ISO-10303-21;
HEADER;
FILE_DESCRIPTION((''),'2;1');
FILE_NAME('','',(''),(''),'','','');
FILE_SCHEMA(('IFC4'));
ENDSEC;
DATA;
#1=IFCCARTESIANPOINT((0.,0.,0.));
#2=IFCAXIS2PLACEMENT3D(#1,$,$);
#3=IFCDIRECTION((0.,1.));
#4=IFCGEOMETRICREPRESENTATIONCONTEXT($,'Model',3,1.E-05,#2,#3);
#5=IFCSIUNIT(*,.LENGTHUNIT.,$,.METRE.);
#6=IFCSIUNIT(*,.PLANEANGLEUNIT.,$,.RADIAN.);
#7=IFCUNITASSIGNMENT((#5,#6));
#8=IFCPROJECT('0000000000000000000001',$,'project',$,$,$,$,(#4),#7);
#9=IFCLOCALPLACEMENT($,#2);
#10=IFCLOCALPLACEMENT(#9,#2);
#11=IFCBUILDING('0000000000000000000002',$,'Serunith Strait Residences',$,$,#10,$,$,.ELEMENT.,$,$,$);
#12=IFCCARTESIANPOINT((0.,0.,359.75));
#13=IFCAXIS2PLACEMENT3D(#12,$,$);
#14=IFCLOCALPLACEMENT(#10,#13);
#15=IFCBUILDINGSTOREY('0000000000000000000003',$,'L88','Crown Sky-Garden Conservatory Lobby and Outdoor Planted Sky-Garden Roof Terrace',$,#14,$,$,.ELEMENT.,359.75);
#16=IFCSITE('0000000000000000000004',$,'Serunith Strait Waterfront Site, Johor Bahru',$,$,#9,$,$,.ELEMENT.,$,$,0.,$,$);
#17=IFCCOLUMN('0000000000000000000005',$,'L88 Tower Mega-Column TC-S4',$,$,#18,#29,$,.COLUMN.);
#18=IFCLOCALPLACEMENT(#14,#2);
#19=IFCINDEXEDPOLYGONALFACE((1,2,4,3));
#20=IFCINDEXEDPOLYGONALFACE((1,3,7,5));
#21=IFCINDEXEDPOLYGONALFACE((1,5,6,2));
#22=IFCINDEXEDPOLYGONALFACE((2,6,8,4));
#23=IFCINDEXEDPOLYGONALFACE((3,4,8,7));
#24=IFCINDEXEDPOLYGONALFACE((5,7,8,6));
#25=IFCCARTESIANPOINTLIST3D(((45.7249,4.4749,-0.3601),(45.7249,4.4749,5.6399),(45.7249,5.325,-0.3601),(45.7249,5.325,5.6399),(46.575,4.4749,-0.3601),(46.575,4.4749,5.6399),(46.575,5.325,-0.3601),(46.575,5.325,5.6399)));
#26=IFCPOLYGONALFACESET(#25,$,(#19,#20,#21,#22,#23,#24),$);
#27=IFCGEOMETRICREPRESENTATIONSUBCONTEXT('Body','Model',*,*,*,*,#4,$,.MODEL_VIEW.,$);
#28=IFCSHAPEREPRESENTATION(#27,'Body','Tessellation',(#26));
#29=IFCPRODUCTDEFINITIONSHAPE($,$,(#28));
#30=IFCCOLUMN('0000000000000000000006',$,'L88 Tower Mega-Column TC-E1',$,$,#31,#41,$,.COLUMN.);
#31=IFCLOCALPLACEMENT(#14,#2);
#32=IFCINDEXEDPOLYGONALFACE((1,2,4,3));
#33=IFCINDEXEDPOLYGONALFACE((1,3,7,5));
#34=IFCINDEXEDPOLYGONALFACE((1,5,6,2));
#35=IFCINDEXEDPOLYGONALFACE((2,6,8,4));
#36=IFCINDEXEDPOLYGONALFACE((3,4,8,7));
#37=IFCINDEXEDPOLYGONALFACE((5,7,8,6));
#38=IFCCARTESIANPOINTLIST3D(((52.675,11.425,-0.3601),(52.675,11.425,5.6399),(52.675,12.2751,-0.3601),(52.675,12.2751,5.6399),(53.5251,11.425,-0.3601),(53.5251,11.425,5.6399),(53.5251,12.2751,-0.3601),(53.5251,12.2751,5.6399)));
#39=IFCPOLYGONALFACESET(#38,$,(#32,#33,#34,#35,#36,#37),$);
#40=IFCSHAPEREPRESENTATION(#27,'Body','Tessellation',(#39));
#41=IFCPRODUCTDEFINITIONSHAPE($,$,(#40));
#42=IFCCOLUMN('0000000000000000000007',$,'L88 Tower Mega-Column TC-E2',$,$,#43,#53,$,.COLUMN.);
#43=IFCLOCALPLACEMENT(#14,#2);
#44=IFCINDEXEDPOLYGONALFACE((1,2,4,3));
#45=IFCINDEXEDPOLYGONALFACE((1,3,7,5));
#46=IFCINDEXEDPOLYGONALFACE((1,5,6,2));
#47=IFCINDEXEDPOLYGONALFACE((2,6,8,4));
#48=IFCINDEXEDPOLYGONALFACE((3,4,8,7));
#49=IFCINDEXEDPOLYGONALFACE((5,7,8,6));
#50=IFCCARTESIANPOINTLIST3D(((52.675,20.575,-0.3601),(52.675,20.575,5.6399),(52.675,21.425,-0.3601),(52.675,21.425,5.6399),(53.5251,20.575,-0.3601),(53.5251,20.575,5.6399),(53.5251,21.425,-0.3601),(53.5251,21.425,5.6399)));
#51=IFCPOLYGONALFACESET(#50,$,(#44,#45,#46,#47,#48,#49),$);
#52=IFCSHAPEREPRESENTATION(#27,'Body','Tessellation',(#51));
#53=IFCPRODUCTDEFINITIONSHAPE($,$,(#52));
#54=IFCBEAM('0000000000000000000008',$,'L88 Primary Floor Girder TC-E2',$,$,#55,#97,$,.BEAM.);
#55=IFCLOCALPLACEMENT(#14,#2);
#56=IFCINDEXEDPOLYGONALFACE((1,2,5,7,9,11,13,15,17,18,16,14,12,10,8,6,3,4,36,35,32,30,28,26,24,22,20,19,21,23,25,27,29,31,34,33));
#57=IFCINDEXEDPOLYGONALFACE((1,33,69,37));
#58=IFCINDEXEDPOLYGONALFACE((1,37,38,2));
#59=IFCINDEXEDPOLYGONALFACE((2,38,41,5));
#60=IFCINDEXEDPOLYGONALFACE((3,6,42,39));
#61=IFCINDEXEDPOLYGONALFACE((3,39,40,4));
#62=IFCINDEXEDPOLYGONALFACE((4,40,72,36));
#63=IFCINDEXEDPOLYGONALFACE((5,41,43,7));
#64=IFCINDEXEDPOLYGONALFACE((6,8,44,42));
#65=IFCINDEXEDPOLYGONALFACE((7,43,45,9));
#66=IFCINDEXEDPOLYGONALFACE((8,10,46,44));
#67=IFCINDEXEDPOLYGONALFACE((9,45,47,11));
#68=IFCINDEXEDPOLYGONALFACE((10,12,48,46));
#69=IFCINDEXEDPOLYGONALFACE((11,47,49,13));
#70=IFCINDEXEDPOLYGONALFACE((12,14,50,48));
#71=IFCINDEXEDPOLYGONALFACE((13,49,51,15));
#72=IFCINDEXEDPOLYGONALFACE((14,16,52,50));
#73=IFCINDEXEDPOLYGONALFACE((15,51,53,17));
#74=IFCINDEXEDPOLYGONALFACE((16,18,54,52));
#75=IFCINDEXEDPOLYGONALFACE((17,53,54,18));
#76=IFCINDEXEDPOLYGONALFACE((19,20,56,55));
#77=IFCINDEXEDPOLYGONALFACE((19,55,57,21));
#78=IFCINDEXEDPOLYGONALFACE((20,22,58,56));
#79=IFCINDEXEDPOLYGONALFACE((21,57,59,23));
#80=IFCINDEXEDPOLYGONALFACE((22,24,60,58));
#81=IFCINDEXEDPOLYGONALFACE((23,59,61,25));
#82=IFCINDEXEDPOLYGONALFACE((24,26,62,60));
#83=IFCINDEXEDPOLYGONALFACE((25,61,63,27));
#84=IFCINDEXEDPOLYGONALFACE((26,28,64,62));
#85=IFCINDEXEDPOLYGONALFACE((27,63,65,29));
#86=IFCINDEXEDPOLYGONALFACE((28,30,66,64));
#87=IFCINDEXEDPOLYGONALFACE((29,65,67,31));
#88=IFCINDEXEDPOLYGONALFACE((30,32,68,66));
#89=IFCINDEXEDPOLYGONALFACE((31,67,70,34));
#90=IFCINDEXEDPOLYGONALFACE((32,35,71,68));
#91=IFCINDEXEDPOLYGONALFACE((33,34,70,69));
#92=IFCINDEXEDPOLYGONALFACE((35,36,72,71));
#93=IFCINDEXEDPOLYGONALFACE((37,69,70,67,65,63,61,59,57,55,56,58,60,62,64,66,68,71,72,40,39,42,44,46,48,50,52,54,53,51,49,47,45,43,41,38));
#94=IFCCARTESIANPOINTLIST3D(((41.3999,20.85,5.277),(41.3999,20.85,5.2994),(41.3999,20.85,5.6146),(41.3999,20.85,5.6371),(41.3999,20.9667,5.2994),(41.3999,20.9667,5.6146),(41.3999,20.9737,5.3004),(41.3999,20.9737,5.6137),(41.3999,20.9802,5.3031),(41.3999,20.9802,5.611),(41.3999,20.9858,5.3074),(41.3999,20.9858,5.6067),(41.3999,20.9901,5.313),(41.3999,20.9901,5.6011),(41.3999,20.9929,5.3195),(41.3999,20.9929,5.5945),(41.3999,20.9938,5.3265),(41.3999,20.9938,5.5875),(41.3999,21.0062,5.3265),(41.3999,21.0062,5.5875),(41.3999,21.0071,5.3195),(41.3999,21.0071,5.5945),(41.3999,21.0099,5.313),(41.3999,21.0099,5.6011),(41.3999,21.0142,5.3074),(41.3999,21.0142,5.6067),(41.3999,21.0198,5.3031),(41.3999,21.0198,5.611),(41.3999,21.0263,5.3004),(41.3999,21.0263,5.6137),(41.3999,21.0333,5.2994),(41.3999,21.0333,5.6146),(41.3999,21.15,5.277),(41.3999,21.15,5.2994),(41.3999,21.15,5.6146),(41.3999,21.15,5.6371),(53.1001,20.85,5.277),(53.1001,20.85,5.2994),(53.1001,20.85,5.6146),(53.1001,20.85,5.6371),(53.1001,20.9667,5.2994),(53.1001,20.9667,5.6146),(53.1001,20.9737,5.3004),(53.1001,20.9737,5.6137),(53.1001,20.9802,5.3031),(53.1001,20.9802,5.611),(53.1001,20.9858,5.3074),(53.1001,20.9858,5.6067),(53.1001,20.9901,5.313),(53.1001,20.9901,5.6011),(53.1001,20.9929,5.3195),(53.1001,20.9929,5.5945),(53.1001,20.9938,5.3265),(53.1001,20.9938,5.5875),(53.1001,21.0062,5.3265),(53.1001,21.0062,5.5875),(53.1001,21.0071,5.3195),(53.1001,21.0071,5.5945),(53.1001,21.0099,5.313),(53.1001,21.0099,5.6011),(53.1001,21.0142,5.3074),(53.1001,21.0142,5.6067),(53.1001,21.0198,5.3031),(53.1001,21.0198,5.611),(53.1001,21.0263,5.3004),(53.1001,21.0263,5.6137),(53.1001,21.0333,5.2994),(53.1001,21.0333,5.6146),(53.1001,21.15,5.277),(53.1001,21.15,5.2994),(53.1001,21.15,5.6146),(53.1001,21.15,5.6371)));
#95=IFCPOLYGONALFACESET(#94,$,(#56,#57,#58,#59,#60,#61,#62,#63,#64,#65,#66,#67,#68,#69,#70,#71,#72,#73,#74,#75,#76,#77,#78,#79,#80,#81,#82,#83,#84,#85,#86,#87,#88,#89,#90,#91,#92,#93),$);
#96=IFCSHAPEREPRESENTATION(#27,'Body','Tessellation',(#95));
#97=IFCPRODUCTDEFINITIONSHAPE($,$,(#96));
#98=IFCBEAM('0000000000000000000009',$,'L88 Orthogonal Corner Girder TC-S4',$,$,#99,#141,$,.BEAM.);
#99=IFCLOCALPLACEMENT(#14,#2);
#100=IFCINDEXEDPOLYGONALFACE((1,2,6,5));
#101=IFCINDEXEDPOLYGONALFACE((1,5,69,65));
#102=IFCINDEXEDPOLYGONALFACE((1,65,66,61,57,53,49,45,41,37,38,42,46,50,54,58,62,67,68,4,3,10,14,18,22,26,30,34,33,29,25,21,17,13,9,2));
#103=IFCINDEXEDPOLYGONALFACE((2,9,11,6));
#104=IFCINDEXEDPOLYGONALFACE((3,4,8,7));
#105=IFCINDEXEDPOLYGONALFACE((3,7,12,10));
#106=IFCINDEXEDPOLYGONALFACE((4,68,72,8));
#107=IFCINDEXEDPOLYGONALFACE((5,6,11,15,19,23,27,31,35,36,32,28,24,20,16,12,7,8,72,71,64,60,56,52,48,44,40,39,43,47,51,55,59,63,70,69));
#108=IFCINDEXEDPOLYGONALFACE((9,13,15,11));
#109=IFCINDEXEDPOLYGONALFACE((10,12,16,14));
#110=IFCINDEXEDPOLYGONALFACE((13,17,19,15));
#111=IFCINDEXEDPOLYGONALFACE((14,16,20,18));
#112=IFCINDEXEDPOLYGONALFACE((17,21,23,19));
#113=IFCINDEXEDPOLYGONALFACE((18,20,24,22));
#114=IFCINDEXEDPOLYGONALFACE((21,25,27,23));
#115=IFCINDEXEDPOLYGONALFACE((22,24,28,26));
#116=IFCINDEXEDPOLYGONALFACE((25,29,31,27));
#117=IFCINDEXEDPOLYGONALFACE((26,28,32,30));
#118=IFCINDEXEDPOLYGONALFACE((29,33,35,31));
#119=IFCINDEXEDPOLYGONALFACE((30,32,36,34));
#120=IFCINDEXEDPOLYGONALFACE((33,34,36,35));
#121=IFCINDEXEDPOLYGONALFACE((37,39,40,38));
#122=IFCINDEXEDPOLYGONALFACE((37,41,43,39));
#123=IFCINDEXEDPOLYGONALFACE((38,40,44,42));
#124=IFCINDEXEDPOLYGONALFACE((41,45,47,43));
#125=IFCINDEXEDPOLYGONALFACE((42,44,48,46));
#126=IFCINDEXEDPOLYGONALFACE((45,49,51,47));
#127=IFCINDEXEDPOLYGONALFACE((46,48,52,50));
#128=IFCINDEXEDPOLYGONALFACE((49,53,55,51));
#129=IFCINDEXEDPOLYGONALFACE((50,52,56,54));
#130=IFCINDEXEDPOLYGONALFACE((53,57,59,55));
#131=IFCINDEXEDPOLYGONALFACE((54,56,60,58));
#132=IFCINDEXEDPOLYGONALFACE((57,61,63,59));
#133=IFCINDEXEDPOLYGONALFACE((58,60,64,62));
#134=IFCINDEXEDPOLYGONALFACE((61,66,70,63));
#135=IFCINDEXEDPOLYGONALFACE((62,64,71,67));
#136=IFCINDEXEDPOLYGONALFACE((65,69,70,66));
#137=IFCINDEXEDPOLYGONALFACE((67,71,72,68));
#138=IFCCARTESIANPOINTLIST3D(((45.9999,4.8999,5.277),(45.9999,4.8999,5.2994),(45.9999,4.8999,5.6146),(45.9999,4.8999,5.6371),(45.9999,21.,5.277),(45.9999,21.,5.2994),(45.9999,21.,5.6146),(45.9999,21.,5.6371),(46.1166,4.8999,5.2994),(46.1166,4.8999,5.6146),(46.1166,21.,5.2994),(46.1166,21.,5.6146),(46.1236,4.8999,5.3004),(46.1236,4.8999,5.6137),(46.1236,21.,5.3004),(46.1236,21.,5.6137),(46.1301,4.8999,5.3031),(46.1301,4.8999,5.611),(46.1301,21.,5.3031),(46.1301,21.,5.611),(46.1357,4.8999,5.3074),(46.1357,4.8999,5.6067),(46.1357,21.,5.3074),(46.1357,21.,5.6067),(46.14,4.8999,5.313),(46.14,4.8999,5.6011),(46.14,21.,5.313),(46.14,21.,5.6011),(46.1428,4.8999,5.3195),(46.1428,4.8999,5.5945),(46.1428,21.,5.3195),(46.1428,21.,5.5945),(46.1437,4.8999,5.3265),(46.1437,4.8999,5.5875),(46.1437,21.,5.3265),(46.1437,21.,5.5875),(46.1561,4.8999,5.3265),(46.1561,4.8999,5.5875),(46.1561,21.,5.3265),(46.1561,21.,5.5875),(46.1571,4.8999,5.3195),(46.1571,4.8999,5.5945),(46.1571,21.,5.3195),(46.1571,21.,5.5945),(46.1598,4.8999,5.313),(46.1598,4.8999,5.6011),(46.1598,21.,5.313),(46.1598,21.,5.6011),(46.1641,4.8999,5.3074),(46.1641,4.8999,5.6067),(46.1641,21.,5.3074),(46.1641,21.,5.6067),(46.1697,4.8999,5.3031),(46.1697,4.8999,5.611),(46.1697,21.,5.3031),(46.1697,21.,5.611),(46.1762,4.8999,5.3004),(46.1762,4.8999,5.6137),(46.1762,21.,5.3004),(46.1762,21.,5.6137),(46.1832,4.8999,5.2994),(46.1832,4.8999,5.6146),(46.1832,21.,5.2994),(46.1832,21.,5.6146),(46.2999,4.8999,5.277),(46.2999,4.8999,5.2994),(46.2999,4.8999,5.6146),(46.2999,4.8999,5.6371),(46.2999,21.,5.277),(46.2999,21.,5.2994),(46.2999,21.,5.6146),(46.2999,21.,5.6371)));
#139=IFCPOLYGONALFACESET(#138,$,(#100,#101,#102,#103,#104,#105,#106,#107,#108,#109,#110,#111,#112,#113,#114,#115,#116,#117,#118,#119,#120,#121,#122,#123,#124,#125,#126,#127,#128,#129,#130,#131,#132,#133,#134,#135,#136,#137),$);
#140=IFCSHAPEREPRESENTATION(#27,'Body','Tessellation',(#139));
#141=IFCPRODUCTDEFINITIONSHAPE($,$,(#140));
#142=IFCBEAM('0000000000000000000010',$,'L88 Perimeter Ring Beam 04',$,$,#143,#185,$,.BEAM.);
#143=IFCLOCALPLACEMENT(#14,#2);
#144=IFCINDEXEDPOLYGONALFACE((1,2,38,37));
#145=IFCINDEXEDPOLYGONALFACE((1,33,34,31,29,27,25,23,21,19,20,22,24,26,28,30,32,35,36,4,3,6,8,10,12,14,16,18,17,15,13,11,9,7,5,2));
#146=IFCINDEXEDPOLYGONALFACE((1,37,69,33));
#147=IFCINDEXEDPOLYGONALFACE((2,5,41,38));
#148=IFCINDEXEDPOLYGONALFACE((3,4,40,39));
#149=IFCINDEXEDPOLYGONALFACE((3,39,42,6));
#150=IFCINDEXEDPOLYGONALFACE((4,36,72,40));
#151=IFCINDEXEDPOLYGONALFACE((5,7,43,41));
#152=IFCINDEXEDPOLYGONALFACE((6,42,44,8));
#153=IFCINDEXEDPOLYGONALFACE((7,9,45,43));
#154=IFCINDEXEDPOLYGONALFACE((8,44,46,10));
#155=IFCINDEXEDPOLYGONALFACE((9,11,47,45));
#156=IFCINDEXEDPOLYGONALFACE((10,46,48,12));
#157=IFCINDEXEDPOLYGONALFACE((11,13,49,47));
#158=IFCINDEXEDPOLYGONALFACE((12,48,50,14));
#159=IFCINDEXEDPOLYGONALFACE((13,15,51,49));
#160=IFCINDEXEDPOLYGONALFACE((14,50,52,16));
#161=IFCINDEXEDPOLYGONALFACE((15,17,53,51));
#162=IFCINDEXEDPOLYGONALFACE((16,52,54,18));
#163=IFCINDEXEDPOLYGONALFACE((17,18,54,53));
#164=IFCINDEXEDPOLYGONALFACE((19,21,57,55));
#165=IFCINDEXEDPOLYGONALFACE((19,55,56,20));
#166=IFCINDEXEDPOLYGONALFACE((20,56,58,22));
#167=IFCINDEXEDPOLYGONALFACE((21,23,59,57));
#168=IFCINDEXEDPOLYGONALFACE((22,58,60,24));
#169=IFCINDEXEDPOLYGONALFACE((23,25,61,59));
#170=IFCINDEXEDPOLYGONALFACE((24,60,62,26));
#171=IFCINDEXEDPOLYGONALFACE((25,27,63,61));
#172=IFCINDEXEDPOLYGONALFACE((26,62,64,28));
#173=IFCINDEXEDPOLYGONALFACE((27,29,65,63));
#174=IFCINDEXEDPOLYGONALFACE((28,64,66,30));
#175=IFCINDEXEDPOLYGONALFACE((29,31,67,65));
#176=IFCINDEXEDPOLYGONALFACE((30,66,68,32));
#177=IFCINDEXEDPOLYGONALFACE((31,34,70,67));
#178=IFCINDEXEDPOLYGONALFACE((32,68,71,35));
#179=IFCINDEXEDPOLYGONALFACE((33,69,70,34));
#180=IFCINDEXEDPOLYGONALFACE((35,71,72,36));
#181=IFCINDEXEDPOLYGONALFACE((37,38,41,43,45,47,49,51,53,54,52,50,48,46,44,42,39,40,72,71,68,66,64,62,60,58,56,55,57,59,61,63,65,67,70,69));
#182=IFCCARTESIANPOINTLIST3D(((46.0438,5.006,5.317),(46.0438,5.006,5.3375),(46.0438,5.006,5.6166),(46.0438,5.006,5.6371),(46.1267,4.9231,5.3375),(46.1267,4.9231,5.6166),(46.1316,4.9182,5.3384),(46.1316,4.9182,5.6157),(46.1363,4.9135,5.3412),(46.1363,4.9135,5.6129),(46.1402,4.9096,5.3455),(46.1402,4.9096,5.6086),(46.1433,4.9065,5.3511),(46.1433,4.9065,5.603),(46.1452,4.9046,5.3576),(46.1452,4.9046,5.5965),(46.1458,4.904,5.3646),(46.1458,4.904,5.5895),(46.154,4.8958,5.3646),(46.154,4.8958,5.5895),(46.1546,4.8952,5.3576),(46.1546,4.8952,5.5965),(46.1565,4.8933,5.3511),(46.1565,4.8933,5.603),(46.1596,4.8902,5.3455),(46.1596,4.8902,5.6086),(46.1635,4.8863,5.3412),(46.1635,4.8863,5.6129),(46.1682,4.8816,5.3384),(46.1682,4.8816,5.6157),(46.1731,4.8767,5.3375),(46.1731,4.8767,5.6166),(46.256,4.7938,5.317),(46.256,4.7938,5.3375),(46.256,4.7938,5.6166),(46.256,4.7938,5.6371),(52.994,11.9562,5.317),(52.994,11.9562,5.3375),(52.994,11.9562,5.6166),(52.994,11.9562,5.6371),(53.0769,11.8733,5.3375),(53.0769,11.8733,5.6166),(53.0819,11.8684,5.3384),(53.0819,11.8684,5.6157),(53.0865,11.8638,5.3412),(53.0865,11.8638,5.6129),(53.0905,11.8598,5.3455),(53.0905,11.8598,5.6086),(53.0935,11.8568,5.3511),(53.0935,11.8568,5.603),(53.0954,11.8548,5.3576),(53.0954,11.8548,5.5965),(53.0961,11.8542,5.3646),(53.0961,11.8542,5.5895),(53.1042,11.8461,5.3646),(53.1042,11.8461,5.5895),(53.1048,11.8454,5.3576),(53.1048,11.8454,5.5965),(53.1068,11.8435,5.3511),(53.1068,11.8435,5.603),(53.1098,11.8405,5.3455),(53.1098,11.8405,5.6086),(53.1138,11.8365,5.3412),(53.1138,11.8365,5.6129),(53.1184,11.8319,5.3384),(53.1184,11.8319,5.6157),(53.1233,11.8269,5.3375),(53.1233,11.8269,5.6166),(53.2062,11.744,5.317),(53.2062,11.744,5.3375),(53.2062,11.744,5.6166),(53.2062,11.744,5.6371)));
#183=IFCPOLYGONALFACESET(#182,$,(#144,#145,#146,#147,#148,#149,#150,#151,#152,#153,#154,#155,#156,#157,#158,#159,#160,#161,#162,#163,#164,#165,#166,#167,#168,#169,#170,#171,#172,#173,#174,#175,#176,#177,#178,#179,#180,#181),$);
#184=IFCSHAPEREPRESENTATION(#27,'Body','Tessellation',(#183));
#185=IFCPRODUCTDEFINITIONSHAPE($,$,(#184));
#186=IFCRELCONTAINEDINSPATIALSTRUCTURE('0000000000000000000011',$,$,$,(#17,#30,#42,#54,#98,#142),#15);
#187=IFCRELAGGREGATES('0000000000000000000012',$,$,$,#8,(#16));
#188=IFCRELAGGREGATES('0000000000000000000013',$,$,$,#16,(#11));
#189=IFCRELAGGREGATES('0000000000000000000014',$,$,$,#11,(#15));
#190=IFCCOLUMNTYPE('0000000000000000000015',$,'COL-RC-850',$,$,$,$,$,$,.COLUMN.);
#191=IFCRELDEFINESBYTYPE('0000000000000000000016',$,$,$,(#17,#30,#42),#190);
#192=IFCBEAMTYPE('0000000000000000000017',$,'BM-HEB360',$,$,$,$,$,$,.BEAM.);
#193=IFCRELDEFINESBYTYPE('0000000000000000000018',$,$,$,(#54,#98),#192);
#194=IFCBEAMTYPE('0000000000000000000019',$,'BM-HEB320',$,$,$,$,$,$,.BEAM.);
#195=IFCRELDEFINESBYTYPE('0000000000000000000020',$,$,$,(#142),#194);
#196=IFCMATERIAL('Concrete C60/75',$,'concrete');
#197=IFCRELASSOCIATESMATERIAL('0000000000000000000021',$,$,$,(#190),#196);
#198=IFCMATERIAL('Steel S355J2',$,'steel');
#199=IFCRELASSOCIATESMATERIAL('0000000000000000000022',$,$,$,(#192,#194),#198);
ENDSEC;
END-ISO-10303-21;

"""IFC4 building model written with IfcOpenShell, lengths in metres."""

from ifc_helpers import new_model, si_unit, direction, frame, origin, origin_2d, place, context, subcontext, project, spatial, rectangle, i_section, extrude, source, transform, mapped, material, material_profile, profile_set, type_object, element, save


model = new_model("IFC4")

# Units and contexts
model_context = context("Model", 3, precision=1e-05, world=origin(), true_north=direction((0.0, 1.0)))
body_context = subcontext(model_context, "Body", "Model", "MODEL_VIEW")
ifc_project = project(units=[si_unit("LENGTHUNIT", "METRE"), si_unit("PLANEANGLEUNIT", "RADIAN")], contexts=[model_context])

# Site, building, storey
site_placement = place(None, origin())
site = spatial("IfcSite", under=ifc_project, at=site_placement, Name="Serunith Strait Waterfront Site, Johor Bahru", CompositionType="ELEMENT", RefElevation=0.0)
building_placement = place(site_placement, origin())
building = spatial("IfcBuilding", under=site, at=building_placement, Name="Serunith Strait Residences", CompositionType="ELEMENT")
storey_placement = place(building_placement, frame((0.0, 0.0, 359.75)))
storey = spatial("IfcBuildingStorey", under=building, at=storey_placement, Name="L88", Description="Crown Sky-Garden Conservatory Lobby and Outdoor Planted Sky-Garden Roof Terrace", CompositionType="ELEMENT", Elevation=359.75)

# Columns
ifc_material_1 = material(Name="Concrete C60/75", Category="concrete")
ifc_material_profile_1 = material_profile(ifc_material_1, rectangle(XDim=0.8501, YDim=0.8501, at=origin_2d()), Name="RC 850x850")
ifc_profile_set_1 = profile_set([ifc_material_profile_1], Name="Concrete C60/75")
column_type = type_object("IfcColumnType", Name="COL-RC-850", PredefinedType="COLUMN", material=ifc_profile_set_1)
shared_shape_1 = source(origin(), body_context, "Body", "SweptSolid", [
    extrude(rectangle(XDim=0.8501, YDim=0.8501, at=origin_2d()), origin(), (0.0, 0.0, 1.0), 6.0),
])
for number, where, z_axis, x_axis, name in (
    (1, (46.1499, 4.8999, -0.3601), (0.0, 0.0, 1.0), (1.0, 0.0, 0.0), "L88 Tower Mega-Column TC-S4"),
    (2, (53.1001, 11.8501, -0.3601), (0.0, 0.0, 1.0), (1.0, 0.0, 0.0), "L88 Tower Mega-Column TC-E1"),
    (3, (53.1001, 21.0, -0.3601), (0.0, 0.0, 1.0), (1.0, 0.0, 0.0), "L88 Tower Mega-Column TC-E2"),
):
    element("IfcColumn", number, at=place(storey_placement, frame(where, z_axis=z_axis, x_axis=x_axis)), inside=storey, type_object=column_type, Name=name, PredefinedType="COLUMN", context=body_context, shape_type="MappedRepresentation", body=[
        mapped(shared_shape_1, transform((0.0, 0.0, 0.0), scale=1.0)),
    ])

# Beams
ifc_material_2 = material(Name="Steel S355J2", Category="steel")
ifc_material_profile_2 = material_profile(ifc_material_2, i_section(OverallWidth=0.3, OverallDepth=0.3601, WebThickness=0.0125, FlangeThickness=0.0225, FilletRadius=0.0271, at=origin_2d()), Name="HEB 360")
ifc_profile_set_2 = profile_set([ifc_material_profile_2], Name="Steel S355J2")
beam_type_1 = type_object("IfcBeamType", Name="BM-HEB360", PredefinedType="BEAM", material=ifc_profile_set_2)
shared_shape_2 = source(origin(), body_context, "Body", "SweptSolid", [
    extrude(i_section(OverallWidth=0.3, OverallDepth=0.3601, WebThickness=0.0125, FlangeThickness=0.0225, FilletRadius=0.0271, at=origin_2d()), origin(), (0.0, 0.0, 1.0), 11.7002),
])
beam_1_placement = place(storey_placement, frame((41.3999, 21.0, 5.457), z_axis=(1.0, 0.0, 0.0), x_axis=(0.0, 1.0, 0.0)))
element("IfcBeam", 4, at=beam_1_placement, inside=storey, type_object=beam_type_1, Name="L88 Primary Floor Girder TC-E2", PredefinedType="BEAM", context=body_context, shape_type="MappedRepresentation", body=[
    mapped(shared_shape_2, transform((0.0, 0.0, 0.0), scale=1.0)),
])
shared_shape_3 = source(origin(), body_context, "Body", "SweptSolid", [
    extrude(i_section(OverallWidth=0.3, OverallDepth=0.3601, WebThickness=0.0125, FlangeThickness=0.0225, FilletRadius=0.0271, at=origin_2d()), origin(), (0.0, 0.0, 1.0), 16.1001),
])
beam_2_placement = place(storey_placement, frame((46.1499, 21.0, 5.457), z_axis=(0.0, -1.0, 0.0), x_axis=(1.0, 0.0, 0.0)))
element("IfcBeam", 5, at=beam_2_placement, inside=storey, type_object=beam_type_1, Name="L88 Orthogonal Corner Girder TC-S4", PredefinedType="BEAM", context=body_context, shape_type="MappedRepresentation", body=[
    mapped(shared_shape_3, transform((0.0, 0.0, 0.0), scale=1.0)),
])
ifc_material_profile_3 = material_profile(ifc_material_2, i_section(OverallWidth=0.3, OverallDepth=0.3201, WebThickness=0.0115, FlangeThickness=0.0205, FilletRadius=0.0271, at=origin_2d()), Name="HEB 320")
ifc_profile_set_3 = profile_set([ifc_material_profile_3], Name="Steel S355J2")
beam_type_2 = type_object("IfcBeamType", Name="BM-HEB320", PredefinedType="BEAM", material=ifc_profile_set_3)
shared_shape_4 = source(origin(), body_context, "Body", "SweptSolid", [
    extrude(i_section(OverallWidth=0.3, OverallDepth=0.3201, WebThickness=0.0115, FlangeThickness=0.0205, FilletRadius=0.0271, at=origin_2d()), origin(), (0.0, 0.0, 1.0), 9.8291),
])
beam_3_placement = place(storey_placement, frame((46.1499, 4.8999, 5.4771), z_axis=(0.707107, 0.707107, 0.0), x_axis=(-0.707107, 0.707107, 0.0)))
element("IfcBeam", 6, at=beam_3_placement, inside=storey, type_object=beam_type_2, Name="L88 Perimeter Ring Beam 04", PredefinedType="BEAM", context=body_context, shape_type="MappedRepresentation", body=[
    mapped(shared_shape_4, transform((0.0, 0.0, 0.0), scale=1.0)),
])

save(model, "model.ifc")
